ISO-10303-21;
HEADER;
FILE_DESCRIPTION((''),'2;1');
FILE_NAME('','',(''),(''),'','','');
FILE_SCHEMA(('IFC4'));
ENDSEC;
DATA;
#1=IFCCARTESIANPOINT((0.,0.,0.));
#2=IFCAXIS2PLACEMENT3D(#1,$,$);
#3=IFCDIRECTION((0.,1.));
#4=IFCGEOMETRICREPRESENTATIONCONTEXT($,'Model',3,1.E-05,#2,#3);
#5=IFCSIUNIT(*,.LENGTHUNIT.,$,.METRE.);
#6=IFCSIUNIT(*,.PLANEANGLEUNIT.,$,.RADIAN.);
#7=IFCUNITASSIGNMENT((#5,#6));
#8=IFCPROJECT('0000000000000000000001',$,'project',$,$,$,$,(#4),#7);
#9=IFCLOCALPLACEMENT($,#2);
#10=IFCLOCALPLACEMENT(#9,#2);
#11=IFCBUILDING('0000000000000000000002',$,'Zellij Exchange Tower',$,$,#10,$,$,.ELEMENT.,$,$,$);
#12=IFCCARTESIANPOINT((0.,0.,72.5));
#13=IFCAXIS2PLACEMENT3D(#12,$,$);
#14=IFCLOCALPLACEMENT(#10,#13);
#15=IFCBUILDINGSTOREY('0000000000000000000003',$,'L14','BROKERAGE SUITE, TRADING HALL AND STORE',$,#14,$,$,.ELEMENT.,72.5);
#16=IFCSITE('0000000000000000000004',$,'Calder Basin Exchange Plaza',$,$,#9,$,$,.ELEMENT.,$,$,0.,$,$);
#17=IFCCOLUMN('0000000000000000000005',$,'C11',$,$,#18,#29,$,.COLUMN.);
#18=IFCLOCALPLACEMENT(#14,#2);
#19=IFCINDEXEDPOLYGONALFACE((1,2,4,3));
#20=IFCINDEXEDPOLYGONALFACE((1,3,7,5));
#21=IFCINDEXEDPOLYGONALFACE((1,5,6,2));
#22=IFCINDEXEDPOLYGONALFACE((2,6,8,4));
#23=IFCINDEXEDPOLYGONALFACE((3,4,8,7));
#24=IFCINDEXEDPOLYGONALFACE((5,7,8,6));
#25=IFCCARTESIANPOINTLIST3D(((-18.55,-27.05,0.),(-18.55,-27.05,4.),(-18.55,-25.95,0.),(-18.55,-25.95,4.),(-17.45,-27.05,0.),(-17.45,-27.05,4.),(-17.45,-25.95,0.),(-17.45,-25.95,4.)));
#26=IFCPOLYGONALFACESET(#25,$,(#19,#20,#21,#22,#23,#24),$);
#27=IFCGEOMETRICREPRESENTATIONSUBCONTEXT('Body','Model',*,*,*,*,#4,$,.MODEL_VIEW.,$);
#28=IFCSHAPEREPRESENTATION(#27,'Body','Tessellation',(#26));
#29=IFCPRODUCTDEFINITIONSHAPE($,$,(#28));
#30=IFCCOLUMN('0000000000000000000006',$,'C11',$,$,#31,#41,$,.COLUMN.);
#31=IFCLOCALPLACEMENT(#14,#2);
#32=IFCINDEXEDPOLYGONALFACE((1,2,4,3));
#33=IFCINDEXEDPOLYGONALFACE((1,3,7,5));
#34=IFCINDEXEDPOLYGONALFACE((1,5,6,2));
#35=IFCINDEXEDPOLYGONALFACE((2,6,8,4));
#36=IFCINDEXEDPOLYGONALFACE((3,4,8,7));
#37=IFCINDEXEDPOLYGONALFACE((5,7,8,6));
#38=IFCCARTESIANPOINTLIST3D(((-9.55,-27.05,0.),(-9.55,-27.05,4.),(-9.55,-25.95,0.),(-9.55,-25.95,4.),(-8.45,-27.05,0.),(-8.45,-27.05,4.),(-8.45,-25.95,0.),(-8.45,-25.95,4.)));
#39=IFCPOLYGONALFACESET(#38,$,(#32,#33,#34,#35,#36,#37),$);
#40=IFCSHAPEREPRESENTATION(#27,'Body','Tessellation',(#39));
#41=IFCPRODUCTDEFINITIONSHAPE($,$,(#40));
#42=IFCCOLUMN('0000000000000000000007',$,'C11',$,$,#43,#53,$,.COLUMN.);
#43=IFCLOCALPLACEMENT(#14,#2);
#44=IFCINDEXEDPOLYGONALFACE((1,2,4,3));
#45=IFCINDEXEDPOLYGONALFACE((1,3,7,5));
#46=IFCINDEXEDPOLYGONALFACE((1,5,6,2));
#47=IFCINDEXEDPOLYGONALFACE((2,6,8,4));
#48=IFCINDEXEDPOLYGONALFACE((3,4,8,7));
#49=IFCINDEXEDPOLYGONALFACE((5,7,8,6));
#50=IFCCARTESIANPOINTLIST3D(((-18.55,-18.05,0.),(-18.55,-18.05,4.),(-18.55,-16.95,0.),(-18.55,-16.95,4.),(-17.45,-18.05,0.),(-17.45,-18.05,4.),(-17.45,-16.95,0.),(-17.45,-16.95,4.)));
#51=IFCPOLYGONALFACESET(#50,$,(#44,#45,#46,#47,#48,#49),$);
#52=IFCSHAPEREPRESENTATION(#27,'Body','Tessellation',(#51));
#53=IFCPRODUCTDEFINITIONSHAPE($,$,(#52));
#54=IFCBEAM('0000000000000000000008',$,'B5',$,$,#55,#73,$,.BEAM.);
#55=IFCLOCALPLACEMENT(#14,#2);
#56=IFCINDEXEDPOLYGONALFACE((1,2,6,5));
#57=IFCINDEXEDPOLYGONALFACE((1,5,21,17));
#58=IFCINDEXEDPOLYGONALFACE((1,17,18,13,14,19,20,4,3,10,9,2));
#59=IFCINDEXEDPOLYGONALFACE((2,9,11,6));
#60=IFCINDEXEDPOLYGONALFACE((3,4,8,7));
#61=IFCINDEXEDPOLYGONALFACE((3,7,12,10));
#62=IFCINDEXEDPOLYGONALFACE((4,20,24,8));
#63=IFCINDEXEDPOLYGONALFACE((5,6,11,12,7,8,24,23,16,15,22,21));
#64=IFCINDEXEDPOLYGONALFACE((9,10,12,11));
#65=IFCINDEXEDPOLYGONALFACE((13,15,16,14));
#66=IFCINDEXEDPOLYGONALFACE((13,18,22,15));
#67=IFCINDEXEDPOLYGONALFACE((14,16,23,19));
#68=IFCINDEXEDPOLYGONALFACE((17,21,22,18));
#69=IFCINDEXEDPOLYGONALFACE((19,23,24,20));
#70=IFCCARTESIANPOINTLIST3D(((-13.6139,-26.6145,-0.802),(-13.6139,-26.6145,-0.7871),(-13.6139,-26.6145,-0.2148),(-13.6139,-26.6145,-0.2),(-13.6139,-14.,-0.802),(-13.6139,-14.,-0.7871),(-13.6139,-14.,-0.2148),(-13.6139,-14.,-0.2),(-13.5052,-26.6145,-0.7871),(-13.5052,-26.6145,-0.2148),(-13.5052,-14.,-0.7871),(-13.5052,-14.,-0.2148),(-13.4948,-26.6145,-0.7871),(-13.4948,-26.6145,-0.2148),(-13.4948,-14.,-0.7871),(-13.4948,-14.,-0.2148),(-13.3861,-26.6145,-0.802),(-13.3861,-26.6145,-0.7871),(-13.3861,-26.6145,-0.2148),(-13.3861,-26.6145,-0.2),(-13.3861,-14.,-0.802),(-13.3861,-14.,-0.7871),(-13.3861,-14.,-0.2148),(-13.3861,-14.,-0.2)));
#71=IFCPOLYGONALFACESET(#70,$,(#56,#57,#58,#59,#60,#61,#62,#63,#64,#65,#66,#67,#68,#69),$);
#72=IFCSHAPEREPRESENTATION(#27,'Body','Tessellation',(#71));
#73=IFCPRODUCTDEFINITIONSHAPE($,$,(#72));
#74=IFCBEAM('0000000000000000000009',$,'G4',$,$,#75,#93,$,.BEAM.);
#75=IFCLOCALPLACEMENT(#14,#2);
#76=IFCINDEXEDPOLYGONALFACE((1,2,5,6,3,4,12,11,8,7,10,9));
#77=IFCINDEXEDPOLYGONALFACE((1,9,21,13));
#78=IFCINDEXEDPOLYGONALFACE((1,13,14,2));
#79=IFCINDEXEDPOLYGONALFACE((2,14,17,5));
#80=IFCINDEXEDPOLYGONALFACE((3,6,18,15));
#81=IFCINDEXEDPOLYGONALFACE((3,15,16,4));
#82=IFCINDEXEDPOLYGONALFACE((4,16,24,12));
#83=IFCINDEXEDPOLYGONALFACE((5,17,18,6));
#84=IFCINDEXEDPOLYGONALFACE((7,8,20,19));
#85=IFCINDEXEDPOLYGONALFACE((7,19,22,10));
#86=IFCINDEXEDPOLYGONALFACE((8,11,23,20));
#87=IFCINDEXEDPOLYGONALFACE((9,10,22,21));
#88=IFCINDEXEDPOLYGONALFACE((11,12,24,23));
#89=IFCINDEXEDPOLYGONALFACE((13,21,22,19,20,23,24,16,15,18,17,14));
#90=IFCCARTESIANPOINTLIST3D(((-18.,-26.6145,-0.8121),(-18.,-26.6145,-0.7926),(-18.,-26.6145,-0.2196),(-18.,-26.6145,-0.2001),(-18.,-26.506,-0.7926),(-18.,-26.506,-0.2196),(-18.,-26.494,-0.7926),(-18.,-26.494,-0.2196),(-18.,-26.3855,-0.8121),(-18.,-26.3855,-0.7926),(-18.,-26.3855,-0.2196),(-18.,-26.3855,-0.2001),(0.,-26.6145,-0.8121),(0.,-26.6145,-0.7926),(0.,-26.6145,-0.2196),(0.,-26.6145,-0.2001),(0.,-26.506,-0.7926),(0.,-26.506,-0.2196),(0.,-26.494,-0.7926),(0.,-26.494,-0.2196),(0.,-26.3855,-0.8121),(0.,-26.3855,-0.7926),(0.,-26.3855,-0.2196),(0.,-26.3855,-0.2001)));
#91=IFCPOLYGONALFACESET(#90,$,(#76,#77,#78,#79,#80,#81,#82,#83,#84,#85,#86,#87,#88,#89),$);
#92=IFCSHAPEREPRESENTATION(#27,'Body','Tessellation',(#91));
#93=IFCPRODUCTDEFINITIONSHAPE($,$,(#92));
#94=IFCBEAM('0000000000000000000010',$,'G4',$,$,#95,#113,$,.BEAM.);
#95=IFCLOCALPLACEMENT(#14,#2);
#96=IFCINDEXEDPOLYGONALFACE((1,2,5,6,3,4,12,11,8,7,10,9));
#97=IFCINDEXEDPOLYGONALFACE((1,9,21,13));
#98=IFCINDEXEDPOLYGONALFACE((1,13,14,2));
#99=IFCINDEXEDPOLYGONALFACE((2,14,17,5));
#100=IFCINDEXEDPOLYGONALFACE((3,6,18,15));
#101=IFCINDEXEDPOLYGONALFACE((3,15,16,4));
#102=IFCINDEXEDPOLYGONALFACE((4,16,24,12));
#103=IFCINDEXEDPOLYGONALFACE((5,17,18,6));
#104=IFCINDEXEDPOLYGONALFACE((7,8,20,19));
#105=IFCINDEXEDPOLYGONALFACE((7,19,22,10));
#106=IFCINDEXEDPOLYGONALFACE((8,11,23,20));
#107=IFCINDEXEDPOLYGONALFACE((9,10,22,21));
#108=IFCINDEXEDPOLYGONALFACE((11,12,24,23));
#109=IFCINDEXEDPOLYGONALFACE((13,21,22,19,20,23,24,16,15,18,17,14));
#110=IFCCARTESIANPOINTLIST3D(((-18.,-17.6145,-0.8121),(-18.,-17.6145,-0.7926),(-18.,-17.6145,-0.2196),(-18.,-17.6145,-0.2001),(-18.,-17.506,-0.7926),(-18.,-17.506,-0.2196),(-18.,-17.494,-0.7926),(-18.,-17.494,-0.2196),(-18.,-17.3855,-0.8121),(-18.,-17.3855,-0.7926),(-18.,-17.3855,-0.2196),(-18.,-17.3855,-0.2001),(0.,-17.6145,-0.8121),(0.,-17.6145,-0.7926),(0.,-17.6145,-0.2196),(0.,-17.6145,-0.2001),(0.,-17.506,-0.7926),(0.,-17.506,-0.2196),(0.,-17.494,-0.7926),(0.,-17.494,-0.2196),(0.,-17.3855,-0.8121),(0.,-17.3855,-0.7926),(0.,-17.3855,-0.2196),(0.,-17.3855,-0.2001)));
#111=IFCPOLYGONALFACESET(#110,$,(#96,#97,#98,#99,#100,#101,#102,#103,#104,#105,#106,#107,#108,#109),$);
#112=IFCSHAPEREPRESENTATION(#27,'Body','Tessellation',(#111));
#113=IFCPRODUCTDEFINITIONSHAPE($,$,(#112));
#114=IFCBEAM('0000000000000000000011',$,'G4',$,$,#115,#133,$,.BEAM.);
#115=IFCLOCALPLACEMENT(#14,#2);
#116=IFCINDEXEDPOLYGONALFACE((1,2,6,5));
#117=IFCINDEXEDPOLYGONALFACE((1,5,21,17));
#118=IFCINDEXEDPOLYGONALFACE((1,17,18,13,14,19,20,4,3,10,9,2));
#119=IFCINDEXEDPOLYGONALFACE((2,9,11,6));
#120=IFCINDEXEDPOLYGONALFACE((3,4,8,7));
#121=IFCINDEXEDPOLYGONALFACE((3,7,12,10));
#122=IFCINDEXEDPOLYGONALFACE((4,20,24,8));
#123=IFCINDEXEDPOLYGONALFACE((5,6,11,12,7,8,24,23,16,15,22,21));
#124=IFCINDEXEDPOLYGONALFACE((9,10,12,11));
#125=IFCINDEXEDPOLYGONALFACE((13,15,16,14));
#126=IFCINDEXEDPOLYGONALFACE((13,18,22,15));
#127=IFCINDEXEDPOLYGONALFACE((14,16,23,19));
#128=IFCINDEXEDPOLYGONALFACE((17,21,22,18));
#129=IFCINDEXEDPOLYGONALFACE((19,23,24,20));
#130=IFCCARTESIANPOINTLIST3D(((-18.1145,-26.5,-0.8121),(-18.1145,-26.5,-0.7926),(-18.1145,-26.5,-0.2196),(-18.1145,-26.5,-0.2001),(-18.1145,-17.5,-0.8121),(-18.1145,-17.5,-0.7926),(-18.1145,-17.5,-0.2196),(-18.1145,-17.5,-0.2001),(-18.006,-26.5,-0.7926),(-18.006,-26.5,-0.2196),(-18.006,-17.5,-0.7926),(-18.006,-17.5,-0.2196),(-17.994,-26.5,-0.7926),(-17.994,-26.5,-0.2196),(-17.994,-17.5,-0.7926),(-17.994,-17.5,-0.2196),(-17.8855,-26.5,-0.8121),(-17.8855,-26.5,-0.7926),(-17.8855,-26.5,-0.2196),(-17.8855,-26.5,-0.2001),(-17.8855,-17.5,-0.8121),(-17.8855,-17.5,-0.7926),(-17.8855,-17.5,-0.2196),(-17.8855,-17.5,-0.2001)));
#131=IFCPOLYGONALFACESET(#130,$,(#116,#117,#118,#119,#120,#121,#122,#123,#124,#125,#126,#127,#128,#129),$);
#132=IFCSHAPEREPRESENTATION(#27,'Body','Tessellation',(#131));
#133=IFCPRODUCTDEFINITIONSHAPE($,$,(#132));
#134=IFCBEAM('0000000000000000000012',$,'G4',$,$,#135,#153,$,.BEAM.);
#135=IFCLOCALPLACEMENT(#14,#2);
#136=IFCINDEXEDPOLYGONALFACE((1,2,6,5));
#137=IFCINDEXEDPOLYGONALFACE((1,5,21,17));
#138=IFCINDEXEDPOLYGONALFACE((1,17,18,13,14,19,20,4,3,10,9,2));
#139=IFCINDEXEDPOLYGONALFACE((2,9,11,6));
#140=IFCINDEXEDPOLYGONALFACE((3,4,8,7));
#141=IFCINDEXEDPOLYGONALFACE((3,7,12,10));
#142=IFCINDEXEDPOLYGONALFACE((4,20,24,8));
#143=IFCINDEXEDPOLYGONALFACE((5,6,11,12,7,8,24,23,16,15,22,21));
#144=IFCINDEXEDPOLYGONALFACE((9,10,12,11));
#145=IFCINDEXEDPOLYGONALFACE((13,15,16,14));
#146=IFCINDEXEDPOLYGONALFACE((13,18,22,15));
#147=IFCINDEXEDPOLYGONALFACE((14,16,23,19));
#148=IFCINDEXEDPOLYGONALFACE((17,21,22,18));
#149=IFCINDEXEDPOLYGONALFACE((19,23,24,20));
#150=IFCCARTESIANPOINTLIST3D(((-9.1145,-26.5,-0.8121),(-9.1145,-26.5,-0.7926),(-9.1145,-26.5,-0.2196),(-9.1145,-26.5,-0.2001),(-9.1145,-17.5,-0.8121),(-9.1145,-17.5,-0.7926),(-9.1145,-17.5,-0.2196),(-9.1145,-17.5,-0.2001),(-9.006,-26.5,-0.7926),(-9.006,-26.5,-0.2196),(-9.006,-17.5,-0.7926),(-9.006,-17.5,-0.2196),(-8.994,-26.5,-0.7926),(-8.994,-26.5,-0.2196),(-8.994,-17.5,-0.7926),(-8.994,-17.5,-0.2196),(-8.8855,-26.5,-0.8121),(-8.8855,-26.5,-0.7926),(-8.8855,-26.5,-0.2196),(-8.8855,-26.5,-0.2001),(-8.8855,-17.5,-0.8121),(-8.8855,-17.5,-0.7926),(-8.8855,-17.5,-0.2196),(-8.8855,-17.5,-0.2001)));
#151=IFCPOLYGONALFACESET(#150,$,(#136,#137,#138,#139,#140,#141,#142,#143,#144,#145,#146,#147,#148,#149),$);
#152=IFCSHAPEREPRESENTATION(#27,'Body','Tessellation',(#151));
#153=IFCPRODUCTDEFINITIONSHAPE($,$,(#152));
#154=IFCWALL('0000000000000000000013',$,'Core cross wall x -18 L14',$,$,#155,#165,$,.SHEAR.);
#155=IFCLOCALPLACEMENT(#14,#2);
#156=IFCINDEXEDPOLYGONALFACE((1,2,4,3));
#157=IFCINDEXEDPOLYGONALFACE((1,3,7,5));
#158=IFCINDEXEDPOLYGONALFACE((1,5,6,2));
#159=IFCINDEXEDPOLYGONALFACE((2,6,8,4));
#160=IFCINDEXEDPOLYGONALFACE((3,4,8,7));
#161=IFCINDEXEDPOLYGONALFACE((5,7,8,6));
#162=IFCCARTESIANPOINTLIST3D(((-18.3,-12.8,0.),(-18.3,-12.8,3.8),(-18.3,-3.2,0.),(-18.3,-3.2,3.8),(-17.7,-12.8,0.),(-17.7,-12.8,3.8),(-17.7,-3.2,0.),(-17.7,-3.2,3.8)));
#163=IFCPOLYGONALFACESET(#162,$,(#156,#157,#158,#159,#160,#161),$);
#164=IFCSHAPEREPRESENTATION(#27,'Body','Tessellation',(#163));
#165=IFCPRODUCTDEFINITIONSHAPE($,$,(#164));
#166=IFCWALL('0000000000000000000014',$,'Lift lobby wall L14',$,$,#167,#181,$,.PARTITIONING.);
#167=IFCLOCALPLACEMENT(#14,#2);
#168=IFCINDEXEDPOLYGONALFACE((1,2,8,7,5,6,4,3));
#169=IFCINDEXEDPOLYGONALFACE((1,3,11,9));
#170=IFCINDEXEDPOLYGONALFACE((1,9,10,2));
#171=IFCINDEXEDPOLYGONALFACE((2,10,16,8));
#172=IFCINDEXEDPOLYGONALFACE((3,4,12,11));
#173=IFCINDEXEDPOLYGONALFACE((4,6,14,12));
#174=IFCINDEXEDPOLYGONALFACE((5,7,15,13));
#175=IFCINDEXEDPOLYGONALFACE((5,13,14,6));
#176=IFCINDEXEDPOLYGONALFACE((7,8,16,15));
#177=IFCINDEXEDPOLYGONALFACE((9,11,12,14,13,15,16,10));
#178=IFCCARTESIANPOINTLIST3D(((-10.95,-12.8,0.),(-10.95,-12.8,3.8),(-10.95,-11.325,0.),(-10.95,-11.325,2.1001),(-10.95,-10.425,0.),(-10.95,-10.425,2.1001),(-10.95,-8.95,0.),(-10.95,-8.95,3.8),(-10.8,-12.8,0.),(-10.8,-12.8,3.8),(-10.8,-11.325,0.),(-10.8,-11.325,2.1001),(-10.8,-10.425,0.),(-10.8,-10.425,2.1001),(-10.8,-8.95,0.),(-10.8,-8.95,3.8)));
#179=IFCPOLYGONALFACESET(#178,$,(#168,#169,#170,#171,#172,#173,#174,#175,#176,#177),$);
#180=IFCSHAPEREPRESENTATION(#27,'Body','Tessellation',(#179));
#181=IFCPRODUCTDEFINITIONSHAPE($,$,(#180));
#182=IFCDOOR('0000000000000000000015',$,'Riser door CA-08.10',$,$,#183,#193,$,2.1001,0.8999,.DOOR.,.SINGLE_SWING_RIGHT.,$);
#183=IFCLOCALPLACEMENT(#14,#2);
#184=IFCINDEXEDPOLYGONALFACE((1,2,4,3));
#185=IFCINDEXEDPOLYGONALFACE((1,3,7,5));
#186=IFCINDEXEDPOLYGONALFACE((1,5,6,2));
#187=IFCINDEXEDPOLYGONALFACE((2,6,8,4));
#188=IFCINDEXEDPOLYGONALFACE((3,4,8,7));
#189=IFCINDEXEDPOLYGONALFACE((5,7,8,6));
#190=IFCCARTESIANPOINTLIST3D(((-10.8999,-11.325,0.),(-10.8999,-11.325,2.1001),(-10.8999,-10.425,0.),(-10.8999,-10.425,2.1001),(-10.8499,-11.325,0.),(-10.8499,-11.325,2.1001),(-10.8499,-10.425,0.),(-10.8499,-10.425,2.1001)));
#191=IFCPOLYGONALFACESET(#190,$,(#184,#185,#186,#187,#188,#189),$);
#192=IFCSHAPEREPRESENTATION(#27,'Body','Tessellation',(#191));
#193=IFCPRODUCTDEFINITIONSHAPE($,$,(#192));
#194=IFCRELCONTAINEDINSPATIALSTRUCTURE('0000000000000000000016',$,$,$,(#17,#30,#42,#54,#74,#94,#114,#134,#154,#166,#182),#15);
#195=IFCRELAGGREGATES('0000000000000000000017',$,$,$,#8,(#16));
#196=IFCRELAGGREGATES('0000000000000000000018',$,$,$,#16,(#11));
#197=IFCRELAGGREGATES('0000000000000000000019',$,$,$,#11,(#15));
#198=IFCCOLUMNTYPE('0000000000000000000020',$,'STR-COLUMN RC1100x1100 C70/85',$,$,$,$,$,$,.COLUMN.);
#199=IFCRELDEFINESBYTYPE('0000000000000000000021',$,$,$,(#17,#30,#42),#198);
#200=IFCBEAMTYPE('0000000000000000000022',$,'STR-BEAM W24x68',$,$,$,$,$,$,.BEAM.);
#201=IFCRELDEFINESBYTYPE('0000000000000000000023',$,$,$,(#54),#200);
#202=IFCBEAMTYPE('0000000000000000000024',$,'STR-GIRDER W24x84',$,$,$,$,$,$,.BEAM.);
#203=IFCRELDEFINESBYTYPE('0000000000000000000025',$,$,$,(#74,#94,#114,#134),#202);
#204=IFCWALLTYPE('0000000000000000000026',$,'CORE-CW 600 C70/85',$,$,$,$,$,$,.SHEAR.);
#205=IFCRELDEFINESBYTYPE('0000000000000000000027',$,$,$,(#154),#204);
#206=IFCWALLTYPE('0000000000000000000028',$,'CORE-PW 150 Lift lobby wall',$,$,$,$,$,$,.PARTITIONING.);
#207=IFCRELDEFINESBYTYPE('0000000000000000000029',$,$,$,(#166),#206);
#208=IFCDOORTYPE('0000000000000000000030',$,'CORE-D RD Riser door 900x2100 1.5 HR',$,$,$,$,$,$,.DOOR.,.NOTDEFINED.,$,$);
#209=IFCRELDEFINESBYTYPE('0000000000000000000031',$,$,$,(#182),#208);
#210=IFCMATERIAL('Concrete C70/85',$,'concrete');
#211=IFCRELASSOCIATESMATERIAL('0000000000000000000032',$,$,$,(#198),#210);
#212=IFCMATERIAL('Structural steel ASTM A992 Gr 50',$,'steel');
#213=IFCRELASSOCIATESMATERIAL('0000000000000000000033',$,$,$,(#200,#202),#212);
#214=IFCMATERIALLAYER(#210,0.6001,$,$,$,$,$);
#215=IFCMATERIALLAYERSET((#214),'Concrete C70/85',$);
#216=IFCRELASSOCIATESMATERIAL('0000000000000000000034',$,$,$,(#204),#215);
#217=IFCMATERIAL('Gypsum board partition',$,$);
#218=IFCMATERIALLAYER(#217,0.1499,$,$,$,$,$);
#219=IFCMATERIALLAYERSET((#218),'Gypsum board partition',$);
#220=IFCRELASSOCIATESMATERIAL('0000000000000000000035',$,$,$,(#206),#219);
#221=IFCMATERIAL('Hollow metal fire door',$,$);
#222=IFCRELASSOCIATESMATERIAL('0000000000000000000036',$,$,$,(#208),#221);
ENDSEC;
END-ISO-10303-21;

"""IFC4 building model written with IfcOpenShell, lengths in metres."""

from ifc_helpers import new_model, si_unit, direction, frame, frame_2d, origin, origin_2d, place, context, subcontext, project, spatial, rectangle, i_section, extrude, material, layer, layer_set, material_profile, profile_set, type_object, element, fill, save


model = new_model("IFC4")

# Units and contexts
model_context = context("Model", 3, precision=1e-05, world=origin(), true_north=direction((0.0, 1.0)))
body_context = subcontext(model_context, "Body", "Model", "MODEL_VIEW")
ifc_project = project(units=[si_unit("LENGTHUNIT", "METRE"), si_unit("PLANEANGLEUNIT", "RADIAN")], contexts=[model_context])

# Site, building, storey
site_placement = place(None, origin())
site = spatial("IfcSite", under=ifc_project, at=site_placement, Name="Calder Basin Exchange Plaza", CompositionType="ELEMENT", RefElevation=0.0)
building_placement = place(site_placement, origin())
building = spatial("IfcBuilding", under=site, at=building_placement, Name="Zellij Exchange Tower", CompositionType="ELEMENT")
storey_placement = place(building_placement, frame((0.0, 0.0, 72.5)))
storey = spatial("IfcBuildingStorey", under=building, at=storey_placement, Name="L14", Description="BROKERAGE SUITE, TRADING HALL AND STORE", CompositionType="ELEMENT", Elevation=72.5)

# Columns
ifc_material_1 = material(Name="Concrete C70/85", Category="concrete")
ifc_material_profile_1 = material_profile(ifc_material_1, rectangle(XDim=1.1001, YDim=1.1001, at=origin_2d()), Name="STR-COLUMN RC1100x1100 C70/85")
ifc_profile_set_1 = profile_set([ifc_material_profile_1], Name="Concrete C70/85")
column_type = type_object("IfcColumnType", Name="STR-COLUMN RC1100x1100 C70/85", PredefinedType="COLUMN", material=ifc_profile_set_1)
for number, where, z_axis, x_axis, name in (
    (1, (-18.0, -26.5, 0.0), (0.0, 0.0, 1.0), (1.0, 0.0, 0.0), "C11"),
    (2, (-9.0, -26.5, 0.0), (0.0, 0.0, 1.0), (1.0, 0.0, 0.0), "C11"),
    (3, (-18.0, -17.5, 0.0), (0.0, 0.0, 1.0), (1.0, 0.0, 0.0), "C11"),
):
    element("IfcColumn", number, at=place(storey_placement, frame(where, z_axis=z_axis, x_axis=x_axis)), inside=storey, type_object=column_type, Name=name, PredefinedType="COLUMN", context=body_context, shape_type="SweptSolid", body=[
        extrude(rectangle(XDim=1.1001, YDim=1.1001, at=origin_2d()), origin(), (0.0, 0.0, 1.0), 4.0),
    ])

# Beams
ifc_material_2 = material(Name="Structural steel ASTM A992 Gr 50", Category="steel")
ifc_material_profile_2 = material_profile(ifc_material_2, i_section(OverallWidth=0.2278, OverallDepth=0.6021, WebThickness=0.0105, FlangeThickness=0.0149, at=origin_2d()), Name="W24x68")
ifc_profile_set_2 = profile_set([ifc_material_profile_2], Name="Structural steel ASTM A992 Gr 50")
beam_type_1 = type_object("IfcBeamType", Name="STR-BEAM W24x68", PredefinedType="BEAM", material=ifc_profile_set_2)
beam_placement = place(storey_placement, frame((-13.5, -26.6145, -0.501), z_axis=(0.0, 1.0, 0.0), x_axis=(-1.0, 0.0, 0.0)))
element("IfcBeam", 4, at=beam_placement, inside=storey, type_object=beam_type_1, Name="B5", PredefinedType="BEAM", context=body_context, shape_type="SweptSolid", body=[
    extrude(i_section(OverallWidth=0.2278, OverallDepth=0.6021, WebThickness=0.0105, FlangeThickness=0.0149, at=origin_2d()), origin(), (0.0, 0.0, 1.0), 12.6145),
])
ifc_material_profile_3 = material_profile(ifc_material_2, i_section(OverallWidth=0.229, OverallDepth=0.6121, WebThickness=0.012, FlangeThickness=0.0195, at=origin_2d()), Name="W24x84")
ifc_profile_set_3 = profile_set([ifc_material_profile_3], Name="Structural steel ASTM A992 Gr 50")
beam_type_2 = type_object("IfcBeamType", Name="STR-GIRDER W24x84", PredefinedType="BEAM", material=ifc_profile_set_3)
for number, where, z_axis, x_axis, name in (
    (5, (-18.0, -26.5, -0.5061), (1.0, 0.0, 0.0), (0.0, 1.0, 0.0), "G4"),
    (6, (-18.0, -17.5, -0.5061), (1.0, 0.0, 0.0), (0.0, 1.0, 0.0), "G4"),
):
    element("IfcBeam", number, at=place(storey_placement, frame(where, z_axis=z_axis, x_axis=x_axis)), inside=storey, type_object=beam_type_2, Name=name, PredefinedType="BEAM", context=body_context, shape_type="SweptSolid", body=[
        extrude(i_section(OverallWidth=0.229, OverallDepth=0.6121, WebThickness=0.012, FlangeThickness=0.0195, at=origin_2d()), origin(), (0.0, 0.0, 1.0), 18.0),
    ])
for number, where, z_axis, x_axis, name in (
    (7, (-18.0, -26.5, -0.5061), (0.0, 1.0, 0.0), (-1.0, 0.0, 0.0), "G4"),
    (8, (-9.0, -26.5, -0.5061), (0.0, 1.0, 0.0), (-1.0, 0.0, 0.0), "G4"),
):
    element("IfcBeam", number, at=place(storey_placement, frame(where, z_axis=z_axis, x_axis=x_axis)), inside=storey, type_object=beam_type_2, Name=name, PredefinedType="BEAM", context=body_context, shape_type="SweptSolid", body=[
        extrude(i_section(OverallWidth=0.229, OverallDepth=0.6121, WebThickness=0.012, FlangeThickness=0.0195, at=origin_2d()), origin(), (0.0, 0.0, 1.0), 9.0),
    ])

# Wall
ifc_layer_1 = layer(ifc_material_1, 0.6001)
ifc_layer_set_1 = layer_set([ifc_layer_1], Name="Concrete C70/85")
wall_type_1 = type_object("IfcWallType", Name="CORE-CW 600 C70/85", PredefinedType="SHEAR", material=ifc_layer_set_1)
wall_1_placement = place(storey_placement, frame((-18.0, -12.8, 0.0), z_axis=(0.0, 0.0, 1.0), x_axis=(0.0, 1.0, 0.0)))
element("IfcWall", 9, at=wall_1_placement, inside=storey, type_object=wall_type_1, Name="Core cross wall x -18 L14", PredefinedType="SHEAR", context=body_context, shape_type="SweptSolid", body=[
    extrude(rectangle(XDim=9.6001, YDim=0.6001, at=frame_2d((4.8, 0.0))), origin(), (0.0, 0.0, 1.0), 3.8),
])

# Wall, opening, door
ifc_material_3 = material(Name="Gypsum board partition")
ifc_layer_2 = layer(ifc_material_3, 0.1499)
ifc_layer_set_2 = layer_set([ifc_layer_2], Name="Gypsum board partition")
wall_type_2 = type_object("IfcWallType", Name="CORE-PW 150 Lift lobby wall", PredefinedType="PARTITIONING", material=ifc_layer_set_2)
wall_2_placement = place(storey_placement, frame((-10.875, -12.8, 0.0), z_axis=(0.0, 0.0, 1.0), x_axis=(0.0, 1.0, 0.0)))
wall_2 = element("IfcWall", 10, at=wall_2_placement, inside=storey, type_object=wall_type_2, Name="Lift lobby wall L14", PredefinedType="PARTITIONING", context=body_context, shape_type="SweptSolid", body=[
    extrude(rectangle(XDim=3.8501, YDim=0.1499, at=frame_2d((1.925, 0.0))), origin(), (0.0, 0.0, 1.0), 3.8),
])
opening_1_placement = place(wall_2_placement, frame((1.4751, 0.0, 0.0)))
opening_1 = element("IfcOpeningElement", 11, at=opening_1_placement, cuts=wall_2, PredefinedType="OPENING", context=body_context, shape_type="SweptSolid", body=[
    extrude(rectangle(XDim=0.8999, YDim=2.1001, at=frame_2d((0.45, 1.05))), frame((0.0, 0.0869, 0.0), z_axis=(0.0, -1.0, 0.0), x_axis=(1.0, 0.0, 0.0)), (0.0, 0.0, 1.0), 0.1738),
])
ifc_material_4 = material(Name="Hollow metal fire door")
door_type_1 = type_object("IfcDoorType", Name="CORE-D RD Riser door 900x2100 1.5 HR", OperationType="NOTDEFINED", PredefinedType="DOOR", material=ifc_material_4)
door_1_placement = place(opening_1_placement, origin())
door_1 = element("IfcDoor", 12, at=door_1_placement, inside=storey, type_object=door_type_1, Name="Riser door CA-08.10", OperationType="SINGLE_SWING_RIGHT", OverallHeight=2.1001, OverallWidth=0.8999, PredefinedType="DOOR", context=body_context, shape_type="SweptSolid", body=[
    extrude(rectangle(XDim=0.8999, YDim=2.1001, at=frame_2d((0.45, 1.05))), frame((0.0, 0.0249, 0.0), z_axis=(0.0, -1.0, 0.0), x_axis=(1.0, 0.0, 0.0)), (0.0, 0.0, 1.0), 0.05),
])
fill(opening_1, door_1)

save(model, "model.ifc")
